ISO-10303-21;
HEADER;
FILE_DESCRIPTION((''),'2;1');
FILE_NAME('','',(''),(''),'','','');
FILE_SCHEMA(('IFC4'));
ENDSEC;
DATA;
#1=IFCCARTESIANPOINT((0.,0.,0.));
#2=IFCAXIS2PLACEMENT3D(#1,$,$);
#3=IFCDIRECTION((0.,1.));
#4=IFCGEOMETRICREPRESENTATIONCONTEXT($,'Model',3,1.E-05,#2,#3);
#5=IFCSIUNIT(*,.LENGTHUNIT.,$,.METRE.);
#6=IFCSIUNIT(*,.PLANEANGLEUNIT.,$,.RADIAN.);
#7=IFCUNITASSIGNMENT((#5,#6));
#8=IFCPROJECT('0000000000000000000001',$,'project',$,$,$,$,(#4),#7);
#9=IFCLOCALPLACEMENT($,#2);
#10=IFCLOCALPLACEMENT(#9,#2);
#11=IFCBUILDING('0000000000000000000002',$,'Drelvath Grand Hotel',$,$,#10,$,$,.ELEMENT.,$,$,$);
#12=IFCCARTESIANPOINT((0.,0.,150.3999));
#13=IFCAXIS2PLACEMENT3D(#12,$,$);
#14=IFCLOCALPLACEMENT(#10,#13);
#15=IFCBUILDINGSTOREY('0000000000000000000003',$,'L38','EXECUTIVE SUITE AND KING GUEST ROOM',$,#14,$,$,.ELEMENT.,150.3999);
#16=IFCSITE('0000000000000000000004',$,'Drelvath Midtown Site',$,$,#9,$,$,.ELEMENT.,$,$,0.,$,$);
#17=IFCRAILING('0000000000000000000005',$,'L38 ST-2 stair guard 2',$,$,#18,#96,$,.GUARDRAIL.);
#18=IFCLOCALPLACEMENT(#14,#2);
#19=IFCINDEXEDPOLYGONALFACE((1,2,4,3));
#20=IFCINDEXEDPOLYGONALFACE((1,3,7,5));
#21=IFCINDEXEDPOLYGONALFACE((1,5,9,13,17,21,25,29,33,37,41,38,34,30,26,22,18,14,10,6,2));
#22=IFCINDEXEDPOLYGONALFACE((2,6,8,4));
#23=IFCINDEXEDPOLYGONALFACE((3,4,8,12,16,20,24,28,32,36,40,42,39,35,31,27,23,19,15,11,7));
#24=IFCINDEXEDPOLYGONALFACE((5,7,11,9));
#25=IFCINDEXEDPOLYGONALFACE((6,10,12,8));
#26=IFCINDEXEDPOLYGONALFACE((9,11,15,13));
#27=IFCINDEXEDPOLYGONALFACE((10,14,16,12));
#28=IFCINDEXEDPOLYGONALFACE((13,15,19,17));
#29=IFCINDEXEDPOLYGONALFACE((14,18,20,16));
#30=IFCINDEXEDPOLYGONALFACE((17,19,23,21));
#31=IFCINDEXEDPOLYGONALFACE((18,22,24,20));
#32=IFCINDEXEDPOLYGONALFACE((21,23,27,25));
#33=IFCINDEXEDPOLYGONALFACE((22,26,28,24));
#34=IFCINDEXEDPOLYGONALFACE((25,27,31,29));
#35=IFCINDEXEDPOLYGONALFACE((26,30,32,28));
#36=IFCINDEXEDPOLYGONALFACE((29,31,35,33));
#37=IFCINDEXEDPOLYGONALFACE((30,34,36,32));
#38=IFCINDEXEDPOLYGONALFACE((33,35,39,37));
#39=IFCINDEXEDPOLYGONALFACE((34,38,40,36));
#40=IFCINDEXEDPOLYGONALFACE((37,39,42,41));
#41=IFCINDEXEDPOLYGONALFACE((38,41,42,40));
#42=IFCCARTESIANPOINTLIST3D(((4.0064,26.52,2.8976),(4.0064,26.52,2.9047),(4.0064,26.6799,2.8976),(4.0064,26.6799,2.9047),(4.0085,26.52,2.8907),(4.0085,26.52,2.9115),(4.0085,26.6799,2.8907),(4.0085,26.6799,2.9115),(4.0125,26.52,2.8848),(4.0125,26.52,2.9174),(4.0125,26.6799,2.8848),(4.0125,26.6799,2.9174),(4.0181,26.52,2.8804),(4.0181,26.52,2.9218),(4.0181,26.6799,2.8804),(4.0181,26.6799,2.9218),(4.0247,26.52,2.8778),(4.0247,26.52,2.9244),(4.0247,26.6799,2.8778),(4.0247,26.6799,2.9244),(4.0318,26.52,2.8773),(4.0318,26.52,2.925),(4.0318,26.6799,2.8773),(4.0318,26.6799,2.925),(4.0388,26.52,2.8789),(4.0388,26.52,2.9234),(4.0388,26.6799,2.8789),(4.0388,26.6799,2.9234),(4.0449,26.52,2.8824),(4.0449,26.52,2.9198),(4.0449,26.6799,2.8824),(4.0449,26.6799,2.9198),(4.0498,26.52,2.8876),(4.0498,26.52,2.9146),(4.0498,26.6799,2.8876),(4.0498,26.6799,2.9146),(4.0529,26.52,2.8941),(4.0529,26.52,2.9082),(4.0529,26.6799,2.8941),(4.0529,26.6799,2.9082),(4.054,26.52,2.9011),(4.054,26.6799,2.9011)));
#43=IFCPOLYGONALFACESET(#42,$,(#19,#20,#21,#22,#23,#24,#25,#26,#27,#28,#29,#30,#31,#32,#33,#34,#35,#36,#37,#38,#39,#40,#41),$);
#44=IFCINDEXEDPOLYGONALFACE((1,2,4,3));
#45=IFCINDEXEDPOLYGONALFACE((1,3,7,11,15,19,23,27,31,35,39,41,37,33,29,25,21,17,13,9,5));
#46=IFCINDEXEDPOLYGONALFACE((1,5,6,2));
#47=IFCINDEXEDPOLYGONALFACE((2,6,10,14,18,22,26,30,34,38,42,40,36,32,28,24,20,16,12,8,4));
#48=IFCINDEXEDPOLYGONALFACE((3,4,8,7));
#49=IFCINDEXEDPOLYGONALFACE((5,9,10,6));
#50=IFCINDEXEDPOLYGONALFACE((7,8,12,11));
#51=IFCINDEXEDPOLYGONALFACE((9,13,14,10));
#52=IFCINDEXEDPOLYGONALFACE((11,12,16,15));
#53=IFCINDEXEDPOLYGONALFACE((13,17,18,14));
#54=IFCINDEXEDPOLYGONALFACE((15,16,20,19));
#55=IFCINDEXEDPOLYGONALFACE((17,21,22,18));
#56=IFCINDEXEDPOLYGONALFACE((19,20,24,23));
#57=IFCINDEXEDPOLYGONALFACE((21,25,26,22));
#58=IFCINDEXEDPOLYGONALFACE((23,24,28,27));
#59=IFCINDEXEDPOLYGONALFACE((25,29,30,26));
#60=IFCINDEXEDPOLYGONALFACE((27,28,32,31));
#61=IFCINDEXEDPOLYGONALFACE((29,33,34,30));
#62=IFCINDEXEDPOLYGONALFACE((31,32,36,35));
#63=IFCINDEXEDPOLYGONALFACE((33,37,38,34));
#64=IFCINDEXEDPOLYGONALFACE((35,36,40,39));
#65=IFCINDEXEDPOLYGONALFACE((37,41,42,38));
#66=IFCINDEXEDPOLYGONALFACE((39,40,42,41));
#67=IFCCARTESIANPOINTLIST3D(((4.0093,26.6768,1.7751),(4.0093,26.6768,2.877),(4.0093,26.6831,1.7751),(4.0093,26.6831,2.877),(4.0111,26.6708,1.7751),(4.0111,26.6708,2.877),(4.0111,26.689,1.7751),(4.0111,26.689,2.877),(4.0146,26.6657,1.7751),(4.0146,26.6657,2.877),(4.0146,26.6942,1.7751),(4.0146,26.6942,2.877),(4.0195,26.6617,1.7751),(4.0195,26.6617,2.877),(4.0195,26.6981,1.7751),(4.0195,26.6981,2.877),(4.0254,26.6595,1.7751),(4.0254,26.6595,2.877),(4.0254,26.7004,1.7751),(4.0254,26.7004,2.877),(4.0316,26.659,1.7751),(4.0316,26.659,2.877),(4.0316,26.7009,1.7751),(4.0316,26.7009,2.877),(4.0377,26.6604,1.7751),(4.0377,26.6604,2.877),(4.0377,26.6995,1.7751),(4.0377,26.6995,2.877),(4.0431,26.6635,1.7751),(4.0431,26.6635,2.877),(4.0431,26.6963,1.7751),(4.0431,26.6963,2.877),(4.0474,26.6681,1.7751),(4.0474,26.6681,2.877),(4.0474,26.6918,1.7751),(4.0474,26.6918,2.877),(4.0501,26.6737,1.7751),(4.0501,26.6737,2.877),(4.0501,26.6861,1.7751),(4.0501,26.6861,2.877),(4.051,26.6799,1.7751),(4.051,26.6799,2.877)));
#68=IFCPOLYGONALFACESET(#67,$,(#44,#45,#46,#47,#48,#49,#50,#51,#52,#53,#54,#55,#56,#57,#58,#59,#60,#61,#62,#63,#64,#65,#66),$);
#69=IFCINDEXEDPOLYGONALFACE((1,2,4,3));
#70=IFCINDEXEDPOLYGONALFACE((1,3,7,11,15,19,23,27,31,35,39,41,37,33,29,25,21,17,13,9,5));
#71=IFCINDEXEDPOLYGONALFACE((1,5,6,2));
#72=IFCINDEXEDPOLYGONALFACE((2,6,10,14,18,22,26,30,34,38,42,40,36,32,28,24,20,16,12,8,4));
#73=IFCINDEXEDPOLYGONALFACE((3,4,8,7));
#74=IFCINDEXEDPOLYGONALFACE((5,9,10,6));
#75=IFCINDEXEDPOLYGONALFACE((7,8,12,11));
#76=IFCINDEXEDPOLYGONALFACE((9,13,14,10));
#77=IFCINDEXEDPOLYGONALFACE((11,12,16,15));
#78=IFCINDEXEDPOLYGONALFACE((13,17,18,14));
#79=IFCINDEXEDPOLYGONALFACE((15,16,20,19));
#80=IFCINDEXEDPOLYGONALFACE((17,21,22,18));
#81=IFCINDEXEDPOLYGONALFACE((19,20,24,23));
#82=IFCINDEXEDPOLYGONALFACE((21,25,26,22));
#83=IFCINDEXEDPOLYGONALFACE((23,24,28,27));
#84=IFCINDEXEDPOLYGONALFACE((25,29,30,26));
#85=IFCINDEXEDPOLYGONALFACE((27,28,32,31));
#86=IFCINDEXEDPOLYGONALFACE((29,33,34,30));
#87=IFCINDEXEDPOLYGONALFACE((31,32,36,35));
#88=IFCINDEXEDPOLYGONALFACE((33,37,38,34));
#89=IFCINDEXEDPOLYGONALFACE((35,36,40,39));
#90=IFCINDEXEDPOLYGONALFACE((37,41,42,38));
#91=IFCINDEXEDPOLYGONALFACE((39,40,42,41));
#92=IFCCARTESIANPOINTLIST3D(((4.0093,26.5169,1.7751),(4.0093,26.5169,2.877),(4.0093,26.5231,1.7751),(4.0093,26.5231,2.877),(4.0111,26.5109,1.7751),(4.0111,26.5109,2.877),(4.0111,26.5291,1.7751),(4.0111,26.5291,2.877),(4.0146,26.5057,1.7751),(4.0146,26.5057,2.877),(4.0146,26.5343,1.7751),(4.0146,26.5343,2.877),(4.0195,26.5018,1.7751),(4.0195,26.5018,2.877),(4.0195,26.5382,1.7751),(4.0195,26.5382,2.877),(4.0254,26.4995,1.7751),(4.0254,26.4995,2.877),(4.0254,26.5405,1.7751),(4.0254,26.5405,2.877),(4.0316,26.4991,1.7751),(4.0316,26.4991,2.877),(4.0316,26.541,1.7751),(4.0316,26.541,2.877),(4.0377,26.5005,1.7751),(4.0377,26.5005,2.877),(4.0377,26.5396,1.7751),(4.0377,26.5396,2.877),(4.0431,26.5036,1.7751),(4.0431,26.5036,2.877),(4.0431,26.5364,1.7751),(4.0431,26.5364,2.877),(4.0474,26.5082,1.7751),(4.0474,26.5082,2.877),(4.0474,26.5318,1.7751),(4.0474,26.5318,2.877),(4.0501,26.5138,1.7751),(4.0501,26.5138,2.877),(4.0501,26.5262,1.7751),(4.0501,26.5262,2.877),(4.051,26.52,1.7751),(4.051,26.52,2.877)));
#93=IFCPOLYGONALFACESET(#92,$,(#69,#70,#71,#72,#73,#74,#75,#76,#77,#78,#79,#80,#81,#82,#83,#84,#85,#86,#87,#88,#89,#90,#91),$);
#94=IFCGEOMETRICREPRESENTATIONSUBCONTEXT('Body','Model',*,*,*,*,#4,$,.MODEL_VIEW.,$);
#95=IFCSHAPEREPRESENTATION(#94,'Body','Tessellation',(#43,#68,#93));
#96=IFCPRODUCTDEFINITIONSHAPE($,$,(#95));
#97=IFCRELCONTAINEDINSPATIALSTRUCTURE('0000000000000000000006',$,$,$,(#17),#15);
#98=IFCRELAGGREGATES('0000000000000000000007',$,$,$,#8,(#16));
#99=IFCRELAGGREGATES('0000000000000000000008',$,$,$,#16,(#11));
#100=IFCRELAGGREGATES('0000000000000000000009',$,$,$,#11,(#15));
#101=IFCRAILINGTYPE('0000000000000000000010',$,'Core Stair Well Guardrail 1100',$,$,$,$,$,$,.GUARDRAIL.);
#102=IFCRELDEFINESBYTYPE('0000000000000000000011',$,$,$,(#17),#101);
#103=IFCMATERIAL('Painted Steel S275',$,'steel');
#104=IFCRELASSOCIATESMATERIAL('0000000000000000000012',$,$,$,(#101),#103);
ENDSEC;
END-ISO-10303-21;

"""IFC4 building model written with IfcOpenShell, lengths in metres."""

from ifc_helpers import new_model, si_unit, direction, frame, origin, origin_2d, place, context, subcontext, project, spatial, circle, extrude, material, type_object, element, save


model = new_model("IFC4")

# Units and contexts
model_context = context("Model", 3, precision=1e-05, world=origin(), true_north=direction((0.0, 1.0)))
body_context = subcontext(model_context, "Body", "Model", "MODEL_VIEW")
ifc_project = project(units=[si_unit("LENGTHUNIT", "METRE"), si_unit("PLANEANGLEUNIT", "RADIAN")], contexts=[model_context])

# Site, building, storey
site_placement = place(None, origin())
site = spatial("IfcSite", under=ifc_project, at=site_placement, Name="Drelvath Midtown Site", CompositionType="ELEMENT", RefElevation=0.0)
building_placement = place(site_placement, origin())
building = spatial("IfcBuilding", under=site, at=building_placement, Name="Drelvath Grand Hotel", CompositionType="ELEMENT")
storey_placement = place(building_placement, frame((0.0, 0.0, 150.3999)))
storey = spatial("IfcBuildingStorey", under=building, at=storey_placement, Name="L38", Description="EXECUTIVE SUITE AND KING GUEST ROOM", CompositionType="ELEMENT", Elevation=150.3999)

# Railing
ifc_material_1 = material(Name="Painted Steel S275", Category="steel")
railing_type_1 = type_object("IfcRailingType", Name="Core Stair Well Guardrail 1100", PredefinedType="GUARDRAIL", material=ifc_material_1)
railing_1_placement = place(storey_placement, frame((4.03, 26.6799, 1.7751)))
element("IfcRailing", 1, at=railing_1_placement, inside=storey, type_object=railing_type_1, Name="L38 ST-2 stair guard 2", PredefinedType="GUARDRAIL", context=body_context, shape_type="SweptSolid", body=[
    extrude(circle(Radius=0.0239, at=origin_2d()), frame((0.0, 0.0, 1.126), z_axis=(0.0, -1.0, 0.0), x_axis=(1.0, 0.0, 0.0)), (0.0, 0.0, 1.0), 0.1599),
    extrude(circle(Radius=0.021, at=origin_2d()), origin(), (0.0, 0.0, 1.0), 1.1018),
    extrude(circle(Radius=0.021, at=origin_2d()), frame((0.0, -0.1599, 0.0)), (0.0, 0.0, 1.0), 1.1018),
])

save(model, "model.ifc")
